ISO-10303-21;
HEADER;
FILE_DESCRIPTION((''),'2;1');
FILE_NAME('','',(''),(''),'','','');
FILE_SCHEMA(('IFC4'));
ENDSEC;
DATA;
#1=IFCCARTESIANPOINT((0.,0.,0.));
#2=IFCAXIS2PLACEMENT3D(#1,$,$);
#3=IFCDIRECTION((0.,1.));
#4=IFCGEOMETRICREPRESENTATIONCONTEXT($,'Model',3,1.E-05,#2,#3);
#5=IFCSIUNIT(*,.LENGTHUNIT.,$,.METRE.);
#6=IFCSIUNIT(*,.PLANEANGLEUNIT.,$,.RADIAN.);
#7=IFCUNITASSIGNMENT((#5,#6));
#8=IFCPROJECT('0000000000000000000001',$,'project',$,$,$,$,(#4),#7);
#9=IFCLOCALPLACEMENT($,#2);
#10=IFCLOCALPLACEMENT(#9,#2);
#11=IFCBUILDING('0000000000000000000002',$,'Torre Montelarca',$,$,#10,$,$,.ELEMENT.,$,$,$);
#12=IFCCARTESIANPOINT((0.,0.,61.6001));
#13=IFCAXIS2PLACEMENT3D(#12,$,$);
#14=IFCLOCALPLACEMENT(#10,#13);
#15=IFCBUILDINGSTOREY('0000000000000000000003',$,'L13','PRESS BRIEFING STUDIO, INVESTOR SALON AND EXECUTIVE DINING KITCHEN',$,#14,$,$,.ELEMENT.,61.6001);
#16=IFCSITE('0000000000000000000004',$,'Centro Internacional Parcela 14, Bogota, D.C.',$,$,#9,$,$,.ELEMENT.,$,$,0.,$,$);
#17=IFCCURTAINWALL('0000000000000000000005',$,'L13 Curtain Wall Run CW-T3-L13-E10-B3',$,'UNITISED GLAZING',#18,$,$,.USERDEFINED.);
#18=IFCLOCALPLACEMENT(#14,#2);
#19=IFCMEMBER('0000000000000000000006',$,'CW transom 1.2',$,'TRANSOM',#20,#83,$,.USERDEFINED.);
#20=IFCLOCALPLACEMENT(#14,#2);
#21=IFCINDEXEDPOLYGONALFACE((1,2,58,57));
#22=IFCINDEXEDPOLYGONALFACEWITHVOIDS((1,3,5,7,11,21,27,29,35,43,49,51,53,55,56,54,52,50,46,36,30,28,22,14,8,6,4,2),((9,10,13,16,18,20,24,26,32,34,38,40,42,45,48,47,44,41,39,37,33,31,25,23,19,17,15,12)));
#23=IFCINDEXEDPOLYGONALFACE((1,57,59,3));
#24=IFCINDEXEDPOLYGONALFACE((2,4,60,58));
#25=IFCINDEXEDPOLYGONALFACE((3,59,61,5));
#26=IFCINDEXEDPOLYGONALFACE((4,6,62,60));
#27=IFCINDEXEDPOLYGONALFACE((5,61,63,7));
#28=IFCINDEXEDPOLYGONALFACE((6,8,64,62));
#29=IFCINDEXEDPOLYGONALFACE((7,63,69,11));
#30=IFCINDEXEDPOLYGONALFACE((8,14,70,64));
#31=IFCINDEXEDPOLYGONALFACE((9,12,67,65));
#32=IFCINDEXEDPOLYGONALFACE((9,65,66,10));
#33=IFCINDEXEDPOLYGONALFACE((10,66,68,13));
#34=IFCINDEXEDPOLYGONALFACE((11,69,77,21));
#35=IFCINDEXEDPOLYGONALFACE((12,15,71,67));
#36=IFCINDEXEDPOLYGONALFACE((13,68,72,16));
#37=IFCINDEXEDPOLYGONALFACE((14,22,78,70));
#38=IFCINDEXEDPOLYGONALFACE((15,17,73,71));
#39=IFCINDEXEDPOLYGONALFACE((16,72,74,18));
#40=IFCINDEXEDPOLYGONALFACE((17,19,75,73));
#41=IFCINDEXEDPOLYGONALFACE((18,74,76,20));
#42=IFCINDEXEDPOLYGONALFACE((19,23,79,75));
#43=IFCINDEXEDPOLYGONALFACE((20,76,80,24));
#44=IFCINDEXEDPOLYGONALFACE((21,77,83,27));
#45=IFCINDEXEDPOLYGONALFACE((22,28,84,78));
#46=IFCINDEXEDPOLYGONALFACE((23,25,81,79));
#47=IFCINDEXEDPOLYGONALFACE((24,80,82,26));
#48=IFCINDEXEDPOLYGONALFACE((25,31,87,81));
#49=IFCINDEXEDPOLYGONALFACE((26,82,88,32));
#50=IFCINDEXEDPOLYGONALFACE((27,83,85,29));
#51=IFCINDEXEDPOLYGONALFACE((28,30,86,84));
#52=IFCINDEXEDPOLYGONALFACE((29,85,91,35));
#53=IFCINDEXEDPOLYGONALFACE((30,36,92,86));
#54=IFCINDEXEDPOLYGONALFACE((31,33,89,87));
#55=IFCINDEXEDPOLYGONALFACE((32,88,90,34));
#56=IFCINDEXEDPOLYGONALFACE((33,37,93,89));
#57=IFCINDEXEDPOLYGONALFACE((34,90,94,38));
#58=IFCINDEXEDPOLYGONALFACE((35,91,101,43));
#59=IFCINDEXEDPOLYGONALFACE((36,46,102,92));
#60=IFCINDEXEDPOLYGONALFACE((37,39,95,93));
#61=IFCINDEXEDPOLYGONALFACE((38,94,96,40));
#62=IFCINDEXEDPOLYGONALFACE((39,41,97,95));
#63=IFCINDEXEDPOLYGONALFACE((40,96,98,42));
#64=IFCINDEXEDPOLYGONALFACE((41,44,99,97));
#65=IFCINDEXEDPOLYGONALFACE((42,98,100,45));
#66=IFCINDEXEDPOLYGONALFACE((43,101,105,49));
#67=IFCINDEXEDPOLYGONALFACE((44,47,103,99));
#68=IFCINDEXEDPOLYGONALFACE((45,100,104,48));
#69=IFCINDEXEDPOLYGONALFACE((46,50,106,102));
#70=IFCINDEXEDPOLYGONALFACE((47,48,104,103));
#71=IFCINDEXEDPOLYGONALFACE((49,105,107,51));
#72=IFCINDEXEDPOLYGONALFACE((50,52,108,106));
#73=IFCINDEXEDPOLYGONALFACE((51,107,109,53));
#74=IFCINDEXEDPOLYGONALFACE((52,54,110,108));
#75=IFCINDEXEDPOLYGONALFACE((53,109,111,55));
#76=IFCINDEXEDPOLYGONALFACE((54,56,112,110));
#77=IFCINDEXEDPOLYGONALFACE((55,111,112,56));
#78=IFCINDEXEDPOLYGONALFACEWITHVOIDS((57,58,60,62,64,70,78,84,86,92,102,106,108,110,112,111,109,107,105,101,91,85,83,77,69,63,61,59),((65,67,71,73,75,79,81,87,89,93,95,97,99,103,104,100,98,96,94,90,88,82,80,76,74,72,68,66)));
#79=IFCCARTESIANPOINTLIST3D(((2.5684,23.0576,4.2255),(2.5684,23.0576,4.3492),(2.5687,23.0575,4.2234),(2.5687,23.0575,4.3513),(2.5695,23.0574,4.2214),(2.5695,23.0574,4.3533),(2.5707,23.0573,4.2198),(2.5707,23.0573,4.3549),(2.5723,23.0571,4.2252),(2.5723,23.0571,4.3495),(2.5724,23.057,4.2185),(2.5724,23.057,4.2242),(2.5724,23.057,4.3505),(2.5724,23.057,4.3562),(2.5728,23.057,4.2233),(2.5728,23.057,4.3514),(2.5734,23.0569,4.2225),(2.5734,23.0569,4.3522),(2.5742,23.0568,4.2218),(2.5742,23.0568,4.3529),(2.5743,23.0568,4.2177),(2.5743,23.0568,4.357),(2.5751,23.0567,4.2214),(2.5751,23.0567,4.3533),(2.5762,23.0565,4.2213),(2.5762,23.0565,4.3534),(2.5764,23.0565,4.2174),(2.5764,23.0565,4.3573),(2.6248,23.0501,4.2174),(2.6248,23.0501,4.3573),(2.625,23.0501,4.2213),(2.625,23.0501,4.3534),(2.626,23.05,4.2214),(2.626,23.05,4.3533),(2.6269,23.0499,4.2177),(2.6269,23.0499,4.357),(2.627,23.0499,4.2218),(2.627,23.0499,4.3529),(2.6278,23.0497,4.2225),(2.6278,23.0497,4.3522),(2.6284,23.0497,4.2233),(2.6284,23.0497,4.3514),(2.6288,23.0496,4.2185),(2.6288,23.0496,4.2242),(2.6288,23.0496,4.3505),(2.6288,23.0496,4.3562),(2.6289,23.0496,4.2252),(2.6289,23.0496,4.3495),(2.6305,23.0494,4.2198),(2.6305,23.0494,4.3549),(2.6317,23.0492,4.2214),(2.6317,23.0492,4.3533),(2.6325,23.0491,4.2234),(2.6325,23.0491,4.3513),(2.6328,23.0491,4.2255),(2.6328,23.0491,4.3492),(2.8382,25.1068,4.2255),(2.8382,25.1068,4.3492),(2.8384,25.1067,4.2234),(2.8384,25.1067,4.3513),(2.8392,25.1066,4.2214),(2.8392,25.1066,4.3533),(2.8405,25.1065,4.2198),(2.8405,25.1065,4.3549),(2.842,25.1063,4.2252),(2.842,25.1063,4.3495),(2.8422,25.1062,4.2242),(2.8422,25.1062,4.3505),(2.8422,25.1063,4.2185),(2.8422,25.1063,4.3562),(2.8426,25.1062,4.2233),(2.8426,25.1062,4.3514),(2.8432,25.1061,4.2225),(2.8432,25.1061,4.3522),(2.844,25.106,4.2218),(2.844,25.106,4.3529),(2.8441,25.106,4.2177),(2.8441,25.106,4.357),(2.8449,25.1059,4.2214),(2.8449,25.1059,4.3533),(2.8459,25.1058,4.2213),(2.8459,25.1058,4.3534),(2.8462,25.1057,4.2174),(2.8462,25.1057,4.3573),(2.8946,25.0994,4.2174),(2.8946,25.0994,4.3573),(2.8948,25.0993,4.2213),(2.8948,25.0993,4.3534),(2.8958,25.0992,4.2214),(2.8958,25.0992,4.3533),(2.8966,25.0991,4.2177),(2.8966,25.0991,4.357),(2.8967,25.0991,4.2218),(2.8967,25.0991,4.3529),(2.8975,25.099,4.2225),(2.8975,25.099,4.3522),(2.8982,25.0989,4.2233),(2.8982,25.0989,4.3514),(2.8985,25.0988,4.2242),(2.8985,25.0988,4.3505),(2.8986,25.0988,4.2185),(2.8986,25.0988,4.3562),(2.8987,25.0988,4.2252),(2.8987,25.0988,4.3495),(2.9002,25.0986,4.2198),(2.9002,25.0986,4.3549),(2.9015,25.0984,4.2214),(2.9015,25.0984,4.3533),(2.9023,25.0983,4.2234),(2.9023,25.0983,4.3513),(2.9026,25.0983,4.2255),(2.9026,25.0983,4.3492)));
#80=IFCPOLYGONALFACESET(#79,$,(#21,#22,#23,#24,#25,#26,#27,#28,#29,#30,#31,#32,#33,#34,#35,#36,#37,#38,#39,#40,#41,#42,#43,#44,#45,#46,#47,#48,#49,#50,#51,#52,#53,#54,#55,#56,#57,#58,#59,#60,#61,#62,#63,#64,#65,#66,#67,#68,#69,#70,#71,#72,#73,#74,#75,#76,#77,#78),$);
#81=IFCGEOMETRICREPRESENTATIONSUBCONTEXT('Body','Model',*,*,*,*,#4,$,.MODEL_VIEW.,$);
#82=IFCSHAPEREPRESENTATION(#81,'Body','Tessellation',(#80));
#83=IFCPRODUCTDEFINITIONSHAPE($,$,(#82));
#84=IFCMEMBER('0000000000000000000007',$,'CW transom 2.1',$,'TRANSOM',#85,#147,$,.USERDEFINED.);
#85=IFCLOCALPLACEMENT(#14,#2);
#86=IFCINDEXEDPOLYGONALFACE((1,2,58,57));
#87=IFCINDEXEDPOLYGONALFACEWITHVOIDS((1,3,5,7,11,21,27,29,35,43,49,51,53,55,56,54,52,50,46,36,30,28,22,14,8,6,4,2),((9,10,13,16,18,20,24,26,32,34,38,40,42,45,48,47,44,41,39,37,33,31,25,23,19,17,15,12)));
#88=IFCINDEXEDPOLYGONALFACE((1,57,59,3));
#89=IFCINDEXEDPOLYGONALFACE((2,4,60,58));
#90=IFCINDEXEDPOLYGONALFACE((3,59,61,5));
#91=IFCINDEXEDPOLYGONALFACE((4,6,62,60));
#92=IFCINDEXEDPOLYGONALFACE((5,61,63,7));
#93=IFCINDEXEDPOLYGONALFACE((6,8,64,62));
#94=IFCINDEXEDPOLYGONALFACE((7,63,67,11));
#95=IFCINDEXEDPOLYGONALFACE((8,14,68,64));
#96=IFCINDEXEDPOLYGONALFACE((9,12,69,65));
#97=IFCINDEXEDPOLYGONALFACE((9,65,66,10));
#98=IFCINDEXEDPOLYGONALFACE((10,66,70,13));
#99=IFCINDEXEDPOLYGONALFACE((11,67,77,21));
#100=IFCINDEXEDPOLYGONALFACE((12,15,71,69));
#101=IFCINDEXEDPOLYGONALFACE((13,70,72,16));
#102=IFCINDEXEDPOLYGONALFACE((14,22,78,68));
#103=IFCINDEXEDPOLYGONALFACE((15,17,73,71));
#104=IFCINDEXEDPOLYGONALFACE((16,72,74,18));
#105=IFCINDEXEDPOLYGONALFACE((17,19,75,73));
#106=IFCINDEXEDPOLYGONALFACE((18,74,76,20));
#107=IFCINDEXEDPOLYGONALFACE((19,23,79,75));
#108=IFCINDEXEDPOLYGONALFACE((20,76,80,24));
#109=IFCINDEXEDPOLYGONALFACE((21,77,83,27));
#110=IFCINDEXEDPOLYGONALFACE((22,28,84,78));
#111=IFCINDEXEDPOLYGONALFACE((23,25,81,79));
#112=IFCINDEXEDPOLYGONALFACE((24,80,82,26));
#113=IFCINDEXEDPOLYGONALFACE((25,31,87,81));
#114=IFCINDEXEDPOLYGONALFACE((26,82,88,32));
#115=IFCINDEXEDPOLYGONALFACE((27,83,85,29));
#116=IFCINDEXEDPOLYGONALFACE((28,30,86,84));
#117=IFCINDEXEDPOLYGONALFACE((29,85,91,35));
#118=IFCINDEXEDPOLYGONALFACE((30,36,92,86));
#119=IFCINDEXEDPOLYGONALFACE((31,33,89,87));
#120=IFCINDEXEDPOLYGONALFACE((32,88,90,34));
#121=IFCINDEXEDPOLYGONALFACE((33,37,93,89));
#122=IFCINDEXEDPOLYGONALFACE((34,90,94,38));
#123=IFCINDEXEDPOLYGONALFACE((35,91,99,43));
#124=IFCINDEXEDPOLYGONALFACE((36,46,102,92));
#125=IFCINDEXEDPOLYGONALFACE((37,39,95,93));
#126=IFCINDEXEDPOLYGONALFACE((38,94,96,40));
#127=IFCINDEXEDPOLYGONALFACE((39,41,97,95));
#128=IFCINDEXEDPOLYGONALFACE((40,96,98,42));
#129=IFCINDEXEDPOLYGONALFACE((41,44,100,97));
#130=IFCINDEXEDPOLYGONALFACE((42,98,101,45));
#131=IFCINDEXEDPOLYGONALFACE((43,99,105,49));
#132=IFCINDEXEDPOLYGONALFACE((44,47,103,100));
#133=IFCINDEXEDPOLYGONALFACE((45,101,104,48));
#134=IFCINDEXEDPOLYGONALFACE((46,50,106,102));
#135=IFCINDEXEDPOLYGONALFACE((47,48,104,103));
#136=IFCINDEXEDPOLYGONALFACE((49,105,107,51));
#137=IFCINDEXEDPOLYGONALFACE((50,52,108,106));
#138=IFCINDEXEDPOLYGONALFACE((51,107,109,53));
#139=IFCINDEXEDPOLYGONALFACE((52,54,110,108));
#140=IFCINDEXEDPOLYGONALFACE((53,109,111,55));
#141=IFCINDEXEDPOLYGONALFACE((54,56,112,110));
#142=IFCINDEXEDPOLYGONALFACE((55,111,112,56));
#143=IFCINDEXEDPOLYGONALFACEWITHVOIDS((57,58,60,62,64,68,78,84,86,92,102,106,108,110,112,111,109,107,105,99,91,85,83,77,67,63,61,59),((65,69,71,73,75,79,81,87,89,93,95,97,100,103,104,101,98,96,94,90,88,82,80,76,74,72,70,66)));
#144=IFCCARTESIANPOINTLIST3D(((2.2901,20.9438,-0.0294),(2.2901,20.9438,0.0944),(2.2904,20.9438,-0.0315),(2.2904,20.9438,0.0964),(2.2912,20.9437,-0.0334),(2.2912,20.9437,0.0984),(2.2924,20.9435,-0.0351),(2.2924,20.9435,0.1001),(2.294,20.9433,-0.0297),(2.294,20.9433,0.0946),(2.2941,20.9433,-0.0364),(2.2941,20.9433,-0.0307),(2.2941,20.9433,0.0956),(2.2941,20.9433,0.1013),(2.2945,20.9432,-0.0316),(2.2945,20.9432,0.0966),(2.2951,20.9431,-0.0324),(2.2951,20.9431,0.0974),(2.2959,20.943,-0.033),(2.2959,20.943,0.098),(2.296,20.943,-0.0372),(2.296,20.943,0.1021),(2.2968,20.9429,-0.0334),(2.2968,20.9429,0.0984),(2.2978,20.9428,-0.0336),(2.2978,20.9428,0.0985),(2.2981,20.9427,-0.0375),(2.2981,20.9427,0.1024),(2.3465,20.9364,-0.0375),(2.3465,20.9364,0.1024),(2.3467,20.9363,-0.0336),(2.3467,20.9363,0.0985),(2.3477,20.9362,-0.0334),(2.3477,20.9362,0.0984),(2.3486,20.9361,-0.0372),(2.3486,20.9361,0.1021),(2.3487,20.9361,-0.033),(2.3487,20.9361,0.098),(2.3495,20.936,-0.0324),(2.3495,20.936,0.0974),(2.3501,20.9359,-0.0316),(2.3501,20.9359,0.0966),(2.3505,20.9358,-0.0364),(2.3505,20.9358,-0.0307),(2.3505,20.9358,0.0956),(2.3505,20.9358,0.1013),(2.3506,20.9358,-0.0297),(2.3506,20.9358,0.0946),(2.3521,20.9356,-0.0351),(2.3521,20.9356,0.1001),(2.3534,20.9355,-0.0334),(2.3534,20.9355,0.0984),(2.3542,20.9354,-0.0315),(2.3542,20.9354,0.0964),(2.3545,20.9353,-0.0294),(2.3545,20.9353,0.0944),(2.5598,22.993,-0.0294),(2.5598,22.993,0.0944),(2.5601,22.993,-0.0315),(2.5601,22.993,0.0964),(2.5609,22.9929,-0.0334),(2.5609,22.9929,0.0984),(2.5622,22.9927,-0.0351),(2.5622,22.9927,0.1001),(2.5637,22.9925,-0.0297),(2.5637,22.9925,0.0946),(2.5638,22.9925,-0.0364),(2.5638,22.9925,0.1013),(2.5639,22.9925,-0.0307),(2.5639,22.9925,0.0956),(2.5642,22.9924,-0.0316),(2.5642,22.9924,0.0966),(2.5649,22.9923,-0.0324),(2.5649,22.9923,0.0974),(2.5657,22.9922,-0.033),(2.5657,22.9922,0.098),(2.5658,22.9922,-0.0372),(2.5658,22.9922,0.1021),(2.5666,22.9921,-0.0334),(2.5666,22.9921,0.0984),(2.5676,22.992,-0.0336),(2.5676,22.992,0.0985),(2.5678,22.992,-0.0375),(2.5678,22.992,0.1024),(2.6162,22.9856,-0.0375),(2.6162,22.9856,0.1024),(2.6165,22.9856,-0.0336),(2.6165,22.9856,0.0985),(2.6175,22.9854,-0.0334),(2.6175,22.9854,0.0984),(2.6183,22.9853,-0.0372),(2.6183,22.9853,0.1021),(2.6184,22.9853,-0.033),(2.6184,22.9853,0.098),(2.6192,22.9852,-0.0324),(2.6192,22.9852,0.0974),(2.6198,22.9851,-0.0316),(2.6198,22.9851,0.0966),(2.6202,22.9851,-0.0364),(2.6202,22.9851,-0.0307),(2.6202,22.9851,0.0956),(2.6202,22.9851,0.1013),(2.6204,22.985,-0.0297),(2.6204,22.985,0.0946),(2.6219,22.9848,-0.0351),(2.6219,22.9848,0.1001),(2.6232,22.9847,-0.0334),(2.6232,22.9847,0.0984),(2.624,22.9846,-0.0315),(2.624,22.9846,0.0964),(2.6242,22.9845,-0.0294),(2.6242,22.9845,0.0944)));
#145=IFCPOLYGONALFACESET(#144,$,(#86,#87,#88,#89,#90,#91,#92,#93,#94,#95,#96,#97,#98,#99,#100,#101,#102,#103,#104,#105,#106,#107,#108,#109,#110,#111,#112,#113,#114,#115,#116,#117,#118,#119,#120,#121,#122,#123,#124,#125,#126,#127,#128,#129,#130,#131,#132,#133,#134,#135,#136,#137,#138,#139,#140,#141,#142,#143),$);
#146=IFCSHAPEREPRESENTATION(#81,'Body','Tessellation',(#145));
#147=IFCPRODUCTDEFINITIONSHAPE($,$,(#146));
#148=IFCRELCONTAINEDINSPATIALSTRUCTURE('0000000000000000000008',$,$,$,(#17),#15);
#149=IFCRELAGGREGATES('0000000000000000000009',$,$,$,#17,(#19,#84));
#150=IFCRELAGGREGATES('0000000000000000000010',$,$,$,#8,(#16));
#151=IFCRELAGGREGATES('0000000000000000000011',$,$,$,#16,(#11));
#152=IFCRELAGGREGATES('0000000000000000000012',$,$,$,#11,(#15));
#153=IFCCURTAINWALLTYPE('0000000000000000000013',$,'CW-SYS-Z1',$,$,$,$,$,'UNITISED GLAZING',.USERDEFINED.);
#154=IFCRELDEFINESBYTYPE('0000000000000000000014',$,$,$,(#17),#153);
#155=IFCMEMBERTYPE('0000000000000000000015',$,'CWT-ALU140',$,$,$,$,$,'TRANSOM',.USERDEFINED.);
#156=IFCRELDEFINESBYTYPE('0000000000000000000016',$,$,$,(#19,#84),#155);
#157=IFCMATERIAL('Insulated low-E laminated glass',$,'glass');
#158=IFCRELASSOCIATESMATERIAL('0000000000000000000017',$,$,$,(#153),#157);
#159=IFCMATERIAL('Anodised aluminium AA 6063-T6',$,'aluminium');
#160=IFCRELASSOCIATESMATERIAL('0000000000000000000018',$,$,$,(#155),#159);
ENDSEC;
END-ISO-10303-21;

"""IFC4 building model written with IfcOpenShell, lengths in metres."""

from ifc_helpers import new_model, si_unit, direction, frame, origin, origin_2d, place, context, subcontext, project, spatial, hollow_rectangle, extrude, source, transform, mapped, material, material_profile, profile_set, type_object, element, aggregate, save


model = new_model("IFC4")

# Units and contexts
model_context = context("Model", 3, precision=1e-05, world=origin(), true_north=direction((0.0, 1.0)))
body_context = subcontext(model_context, "Body", "Model", "MODEL_VIEW")
ifc_project = project(units=[si_unit("LENGTHUNIT", "METRE"), si_unit("PLANEANGLEUNIT", "RADIAN")], contexts=[model_context])

# Site, building, storey
site_placement = place(None, origin())
site = spatial("IfcSite", under=ifc_project, at=site_placement, Name="Centro Internacional Parcela 14, Bogota, D.C.", CompositionType="ELEMENT", RefElevation=0.0)
building_placement = place(site_placement, origin())
building = spatial("IfcBuilding", under=site, at=building_placement, Name="Torre Montelarca", CompositionType="ELEMENT")
storey_placement = place(building_placement, frame((0.0, 0.0, 61.6001)))
storey = spatial("IfcBuildingStorey", under=building, at=storey_placement, Name="L13", Description="PRESS BRIEFING STUDIO, INVESTOR SALON AND EXECUTIVE DINING KITCHEN", CompositionType="ELEMENT", Elevation=61.6001)

# Curtain wall
ifc_material_1 = material(Name="Insulated low-E laminated glass", Category="glass")
curtain_wall_type = type_object("IfcCurtainWallType", Name="CW-SYS-Z1", ElementType="UNITISED GLAZING", PredefinedType="USERDEFINED", material=ifc_material_1)
ifc_material_2 = material(Name="Anodised aluminium AA 6063-T6", Category="aluminium")
ifc_material_profile_1 = material_profile(ifc_material_2, hollow_rectangle(XDim=0.0649, YDim=0.1399, WallThickness=0.0039, InnerFilletRadius=0.0039, OuterFilletRadius=0.0081, at=origin_2d()), Name="ALU65X140X4", Category="aluminium")
ifc_profile_set_1 = profile_set([ifc_material_profile_1], Name="Anodised aluminium AA 6063-T6")
member_type_1 = type_object("IfcMemberType", Name="CWT-ALU140", ElementType="TRANSOM", PredefinedType="USERDEFINED", material=ifc_profile_set_1)
curtain_wall_1_placement = place(storey_placement, origin())
curtain_wall_1 = element("IfcCurtainWall", 1, at=curtain_wall_1_placement, inside=storey, type_object=curtain_wall_type, Name="L13 Curtain Wall Run CW-T3-L13-E10-B3", ObjectType="UNITISED GLAZING", PredefinedType="USERDEFINED")

# Members
shared_shape_1 = source(origin(), body_context, "Body", "SweptSolid", [
    extrude(hollow_rectangle(XDim=0.0649, YDim=0.1399, WallThickness=0.0039, InnerFilletRadius=0.0039, OuterFilletRadius=0.0081, at=origin_2d()), origin(), (0.0, 0.0, 1.0), 2.0669),
])
member_1_placement = place(storey_placement, frame((2.8704, 25.1025, 4.2874), z_axis=(-0.130516, -0.991446, 0.0), x_axis=(0.991446, -0.130516, 0.0)))
member_1 = element("IfcMember", 2, at=member_1_placement, type_object=member_type_1, Name="CW transom 1.2", ObjectType="TRANSOM", PredefinedType="USERDEFINED", context=body_context, shape_type="MappedRepresentation", body=[
    mapped(shared_shape_1, transform((0.0, 0.0, 0.0), scale=1.0)),
])
member_2_placement = place(storey_placement, frame((2.592, 22.9888, 0.0325), z_axis=(-0.130516, -0.991446, 0.0), x_axis=(0.991446, -0.130516, 0.0)))
member_2 = element("IfcMember", 3, at=member_2_placement, type_object=member_type_1, Name="CW transom 2.1", ObjectType="TRANSOM", PredefinedType="USERDEFINED", context=body_context, shape_type="MappedRepresentation", body=[
    mapped(shared_shape_1, transform((0.0, 0.0, 0.0), scale=1.0)),
])

aggregate(curtain_wall_1, [member_1, member_2])

save(model, "model.ifc")
